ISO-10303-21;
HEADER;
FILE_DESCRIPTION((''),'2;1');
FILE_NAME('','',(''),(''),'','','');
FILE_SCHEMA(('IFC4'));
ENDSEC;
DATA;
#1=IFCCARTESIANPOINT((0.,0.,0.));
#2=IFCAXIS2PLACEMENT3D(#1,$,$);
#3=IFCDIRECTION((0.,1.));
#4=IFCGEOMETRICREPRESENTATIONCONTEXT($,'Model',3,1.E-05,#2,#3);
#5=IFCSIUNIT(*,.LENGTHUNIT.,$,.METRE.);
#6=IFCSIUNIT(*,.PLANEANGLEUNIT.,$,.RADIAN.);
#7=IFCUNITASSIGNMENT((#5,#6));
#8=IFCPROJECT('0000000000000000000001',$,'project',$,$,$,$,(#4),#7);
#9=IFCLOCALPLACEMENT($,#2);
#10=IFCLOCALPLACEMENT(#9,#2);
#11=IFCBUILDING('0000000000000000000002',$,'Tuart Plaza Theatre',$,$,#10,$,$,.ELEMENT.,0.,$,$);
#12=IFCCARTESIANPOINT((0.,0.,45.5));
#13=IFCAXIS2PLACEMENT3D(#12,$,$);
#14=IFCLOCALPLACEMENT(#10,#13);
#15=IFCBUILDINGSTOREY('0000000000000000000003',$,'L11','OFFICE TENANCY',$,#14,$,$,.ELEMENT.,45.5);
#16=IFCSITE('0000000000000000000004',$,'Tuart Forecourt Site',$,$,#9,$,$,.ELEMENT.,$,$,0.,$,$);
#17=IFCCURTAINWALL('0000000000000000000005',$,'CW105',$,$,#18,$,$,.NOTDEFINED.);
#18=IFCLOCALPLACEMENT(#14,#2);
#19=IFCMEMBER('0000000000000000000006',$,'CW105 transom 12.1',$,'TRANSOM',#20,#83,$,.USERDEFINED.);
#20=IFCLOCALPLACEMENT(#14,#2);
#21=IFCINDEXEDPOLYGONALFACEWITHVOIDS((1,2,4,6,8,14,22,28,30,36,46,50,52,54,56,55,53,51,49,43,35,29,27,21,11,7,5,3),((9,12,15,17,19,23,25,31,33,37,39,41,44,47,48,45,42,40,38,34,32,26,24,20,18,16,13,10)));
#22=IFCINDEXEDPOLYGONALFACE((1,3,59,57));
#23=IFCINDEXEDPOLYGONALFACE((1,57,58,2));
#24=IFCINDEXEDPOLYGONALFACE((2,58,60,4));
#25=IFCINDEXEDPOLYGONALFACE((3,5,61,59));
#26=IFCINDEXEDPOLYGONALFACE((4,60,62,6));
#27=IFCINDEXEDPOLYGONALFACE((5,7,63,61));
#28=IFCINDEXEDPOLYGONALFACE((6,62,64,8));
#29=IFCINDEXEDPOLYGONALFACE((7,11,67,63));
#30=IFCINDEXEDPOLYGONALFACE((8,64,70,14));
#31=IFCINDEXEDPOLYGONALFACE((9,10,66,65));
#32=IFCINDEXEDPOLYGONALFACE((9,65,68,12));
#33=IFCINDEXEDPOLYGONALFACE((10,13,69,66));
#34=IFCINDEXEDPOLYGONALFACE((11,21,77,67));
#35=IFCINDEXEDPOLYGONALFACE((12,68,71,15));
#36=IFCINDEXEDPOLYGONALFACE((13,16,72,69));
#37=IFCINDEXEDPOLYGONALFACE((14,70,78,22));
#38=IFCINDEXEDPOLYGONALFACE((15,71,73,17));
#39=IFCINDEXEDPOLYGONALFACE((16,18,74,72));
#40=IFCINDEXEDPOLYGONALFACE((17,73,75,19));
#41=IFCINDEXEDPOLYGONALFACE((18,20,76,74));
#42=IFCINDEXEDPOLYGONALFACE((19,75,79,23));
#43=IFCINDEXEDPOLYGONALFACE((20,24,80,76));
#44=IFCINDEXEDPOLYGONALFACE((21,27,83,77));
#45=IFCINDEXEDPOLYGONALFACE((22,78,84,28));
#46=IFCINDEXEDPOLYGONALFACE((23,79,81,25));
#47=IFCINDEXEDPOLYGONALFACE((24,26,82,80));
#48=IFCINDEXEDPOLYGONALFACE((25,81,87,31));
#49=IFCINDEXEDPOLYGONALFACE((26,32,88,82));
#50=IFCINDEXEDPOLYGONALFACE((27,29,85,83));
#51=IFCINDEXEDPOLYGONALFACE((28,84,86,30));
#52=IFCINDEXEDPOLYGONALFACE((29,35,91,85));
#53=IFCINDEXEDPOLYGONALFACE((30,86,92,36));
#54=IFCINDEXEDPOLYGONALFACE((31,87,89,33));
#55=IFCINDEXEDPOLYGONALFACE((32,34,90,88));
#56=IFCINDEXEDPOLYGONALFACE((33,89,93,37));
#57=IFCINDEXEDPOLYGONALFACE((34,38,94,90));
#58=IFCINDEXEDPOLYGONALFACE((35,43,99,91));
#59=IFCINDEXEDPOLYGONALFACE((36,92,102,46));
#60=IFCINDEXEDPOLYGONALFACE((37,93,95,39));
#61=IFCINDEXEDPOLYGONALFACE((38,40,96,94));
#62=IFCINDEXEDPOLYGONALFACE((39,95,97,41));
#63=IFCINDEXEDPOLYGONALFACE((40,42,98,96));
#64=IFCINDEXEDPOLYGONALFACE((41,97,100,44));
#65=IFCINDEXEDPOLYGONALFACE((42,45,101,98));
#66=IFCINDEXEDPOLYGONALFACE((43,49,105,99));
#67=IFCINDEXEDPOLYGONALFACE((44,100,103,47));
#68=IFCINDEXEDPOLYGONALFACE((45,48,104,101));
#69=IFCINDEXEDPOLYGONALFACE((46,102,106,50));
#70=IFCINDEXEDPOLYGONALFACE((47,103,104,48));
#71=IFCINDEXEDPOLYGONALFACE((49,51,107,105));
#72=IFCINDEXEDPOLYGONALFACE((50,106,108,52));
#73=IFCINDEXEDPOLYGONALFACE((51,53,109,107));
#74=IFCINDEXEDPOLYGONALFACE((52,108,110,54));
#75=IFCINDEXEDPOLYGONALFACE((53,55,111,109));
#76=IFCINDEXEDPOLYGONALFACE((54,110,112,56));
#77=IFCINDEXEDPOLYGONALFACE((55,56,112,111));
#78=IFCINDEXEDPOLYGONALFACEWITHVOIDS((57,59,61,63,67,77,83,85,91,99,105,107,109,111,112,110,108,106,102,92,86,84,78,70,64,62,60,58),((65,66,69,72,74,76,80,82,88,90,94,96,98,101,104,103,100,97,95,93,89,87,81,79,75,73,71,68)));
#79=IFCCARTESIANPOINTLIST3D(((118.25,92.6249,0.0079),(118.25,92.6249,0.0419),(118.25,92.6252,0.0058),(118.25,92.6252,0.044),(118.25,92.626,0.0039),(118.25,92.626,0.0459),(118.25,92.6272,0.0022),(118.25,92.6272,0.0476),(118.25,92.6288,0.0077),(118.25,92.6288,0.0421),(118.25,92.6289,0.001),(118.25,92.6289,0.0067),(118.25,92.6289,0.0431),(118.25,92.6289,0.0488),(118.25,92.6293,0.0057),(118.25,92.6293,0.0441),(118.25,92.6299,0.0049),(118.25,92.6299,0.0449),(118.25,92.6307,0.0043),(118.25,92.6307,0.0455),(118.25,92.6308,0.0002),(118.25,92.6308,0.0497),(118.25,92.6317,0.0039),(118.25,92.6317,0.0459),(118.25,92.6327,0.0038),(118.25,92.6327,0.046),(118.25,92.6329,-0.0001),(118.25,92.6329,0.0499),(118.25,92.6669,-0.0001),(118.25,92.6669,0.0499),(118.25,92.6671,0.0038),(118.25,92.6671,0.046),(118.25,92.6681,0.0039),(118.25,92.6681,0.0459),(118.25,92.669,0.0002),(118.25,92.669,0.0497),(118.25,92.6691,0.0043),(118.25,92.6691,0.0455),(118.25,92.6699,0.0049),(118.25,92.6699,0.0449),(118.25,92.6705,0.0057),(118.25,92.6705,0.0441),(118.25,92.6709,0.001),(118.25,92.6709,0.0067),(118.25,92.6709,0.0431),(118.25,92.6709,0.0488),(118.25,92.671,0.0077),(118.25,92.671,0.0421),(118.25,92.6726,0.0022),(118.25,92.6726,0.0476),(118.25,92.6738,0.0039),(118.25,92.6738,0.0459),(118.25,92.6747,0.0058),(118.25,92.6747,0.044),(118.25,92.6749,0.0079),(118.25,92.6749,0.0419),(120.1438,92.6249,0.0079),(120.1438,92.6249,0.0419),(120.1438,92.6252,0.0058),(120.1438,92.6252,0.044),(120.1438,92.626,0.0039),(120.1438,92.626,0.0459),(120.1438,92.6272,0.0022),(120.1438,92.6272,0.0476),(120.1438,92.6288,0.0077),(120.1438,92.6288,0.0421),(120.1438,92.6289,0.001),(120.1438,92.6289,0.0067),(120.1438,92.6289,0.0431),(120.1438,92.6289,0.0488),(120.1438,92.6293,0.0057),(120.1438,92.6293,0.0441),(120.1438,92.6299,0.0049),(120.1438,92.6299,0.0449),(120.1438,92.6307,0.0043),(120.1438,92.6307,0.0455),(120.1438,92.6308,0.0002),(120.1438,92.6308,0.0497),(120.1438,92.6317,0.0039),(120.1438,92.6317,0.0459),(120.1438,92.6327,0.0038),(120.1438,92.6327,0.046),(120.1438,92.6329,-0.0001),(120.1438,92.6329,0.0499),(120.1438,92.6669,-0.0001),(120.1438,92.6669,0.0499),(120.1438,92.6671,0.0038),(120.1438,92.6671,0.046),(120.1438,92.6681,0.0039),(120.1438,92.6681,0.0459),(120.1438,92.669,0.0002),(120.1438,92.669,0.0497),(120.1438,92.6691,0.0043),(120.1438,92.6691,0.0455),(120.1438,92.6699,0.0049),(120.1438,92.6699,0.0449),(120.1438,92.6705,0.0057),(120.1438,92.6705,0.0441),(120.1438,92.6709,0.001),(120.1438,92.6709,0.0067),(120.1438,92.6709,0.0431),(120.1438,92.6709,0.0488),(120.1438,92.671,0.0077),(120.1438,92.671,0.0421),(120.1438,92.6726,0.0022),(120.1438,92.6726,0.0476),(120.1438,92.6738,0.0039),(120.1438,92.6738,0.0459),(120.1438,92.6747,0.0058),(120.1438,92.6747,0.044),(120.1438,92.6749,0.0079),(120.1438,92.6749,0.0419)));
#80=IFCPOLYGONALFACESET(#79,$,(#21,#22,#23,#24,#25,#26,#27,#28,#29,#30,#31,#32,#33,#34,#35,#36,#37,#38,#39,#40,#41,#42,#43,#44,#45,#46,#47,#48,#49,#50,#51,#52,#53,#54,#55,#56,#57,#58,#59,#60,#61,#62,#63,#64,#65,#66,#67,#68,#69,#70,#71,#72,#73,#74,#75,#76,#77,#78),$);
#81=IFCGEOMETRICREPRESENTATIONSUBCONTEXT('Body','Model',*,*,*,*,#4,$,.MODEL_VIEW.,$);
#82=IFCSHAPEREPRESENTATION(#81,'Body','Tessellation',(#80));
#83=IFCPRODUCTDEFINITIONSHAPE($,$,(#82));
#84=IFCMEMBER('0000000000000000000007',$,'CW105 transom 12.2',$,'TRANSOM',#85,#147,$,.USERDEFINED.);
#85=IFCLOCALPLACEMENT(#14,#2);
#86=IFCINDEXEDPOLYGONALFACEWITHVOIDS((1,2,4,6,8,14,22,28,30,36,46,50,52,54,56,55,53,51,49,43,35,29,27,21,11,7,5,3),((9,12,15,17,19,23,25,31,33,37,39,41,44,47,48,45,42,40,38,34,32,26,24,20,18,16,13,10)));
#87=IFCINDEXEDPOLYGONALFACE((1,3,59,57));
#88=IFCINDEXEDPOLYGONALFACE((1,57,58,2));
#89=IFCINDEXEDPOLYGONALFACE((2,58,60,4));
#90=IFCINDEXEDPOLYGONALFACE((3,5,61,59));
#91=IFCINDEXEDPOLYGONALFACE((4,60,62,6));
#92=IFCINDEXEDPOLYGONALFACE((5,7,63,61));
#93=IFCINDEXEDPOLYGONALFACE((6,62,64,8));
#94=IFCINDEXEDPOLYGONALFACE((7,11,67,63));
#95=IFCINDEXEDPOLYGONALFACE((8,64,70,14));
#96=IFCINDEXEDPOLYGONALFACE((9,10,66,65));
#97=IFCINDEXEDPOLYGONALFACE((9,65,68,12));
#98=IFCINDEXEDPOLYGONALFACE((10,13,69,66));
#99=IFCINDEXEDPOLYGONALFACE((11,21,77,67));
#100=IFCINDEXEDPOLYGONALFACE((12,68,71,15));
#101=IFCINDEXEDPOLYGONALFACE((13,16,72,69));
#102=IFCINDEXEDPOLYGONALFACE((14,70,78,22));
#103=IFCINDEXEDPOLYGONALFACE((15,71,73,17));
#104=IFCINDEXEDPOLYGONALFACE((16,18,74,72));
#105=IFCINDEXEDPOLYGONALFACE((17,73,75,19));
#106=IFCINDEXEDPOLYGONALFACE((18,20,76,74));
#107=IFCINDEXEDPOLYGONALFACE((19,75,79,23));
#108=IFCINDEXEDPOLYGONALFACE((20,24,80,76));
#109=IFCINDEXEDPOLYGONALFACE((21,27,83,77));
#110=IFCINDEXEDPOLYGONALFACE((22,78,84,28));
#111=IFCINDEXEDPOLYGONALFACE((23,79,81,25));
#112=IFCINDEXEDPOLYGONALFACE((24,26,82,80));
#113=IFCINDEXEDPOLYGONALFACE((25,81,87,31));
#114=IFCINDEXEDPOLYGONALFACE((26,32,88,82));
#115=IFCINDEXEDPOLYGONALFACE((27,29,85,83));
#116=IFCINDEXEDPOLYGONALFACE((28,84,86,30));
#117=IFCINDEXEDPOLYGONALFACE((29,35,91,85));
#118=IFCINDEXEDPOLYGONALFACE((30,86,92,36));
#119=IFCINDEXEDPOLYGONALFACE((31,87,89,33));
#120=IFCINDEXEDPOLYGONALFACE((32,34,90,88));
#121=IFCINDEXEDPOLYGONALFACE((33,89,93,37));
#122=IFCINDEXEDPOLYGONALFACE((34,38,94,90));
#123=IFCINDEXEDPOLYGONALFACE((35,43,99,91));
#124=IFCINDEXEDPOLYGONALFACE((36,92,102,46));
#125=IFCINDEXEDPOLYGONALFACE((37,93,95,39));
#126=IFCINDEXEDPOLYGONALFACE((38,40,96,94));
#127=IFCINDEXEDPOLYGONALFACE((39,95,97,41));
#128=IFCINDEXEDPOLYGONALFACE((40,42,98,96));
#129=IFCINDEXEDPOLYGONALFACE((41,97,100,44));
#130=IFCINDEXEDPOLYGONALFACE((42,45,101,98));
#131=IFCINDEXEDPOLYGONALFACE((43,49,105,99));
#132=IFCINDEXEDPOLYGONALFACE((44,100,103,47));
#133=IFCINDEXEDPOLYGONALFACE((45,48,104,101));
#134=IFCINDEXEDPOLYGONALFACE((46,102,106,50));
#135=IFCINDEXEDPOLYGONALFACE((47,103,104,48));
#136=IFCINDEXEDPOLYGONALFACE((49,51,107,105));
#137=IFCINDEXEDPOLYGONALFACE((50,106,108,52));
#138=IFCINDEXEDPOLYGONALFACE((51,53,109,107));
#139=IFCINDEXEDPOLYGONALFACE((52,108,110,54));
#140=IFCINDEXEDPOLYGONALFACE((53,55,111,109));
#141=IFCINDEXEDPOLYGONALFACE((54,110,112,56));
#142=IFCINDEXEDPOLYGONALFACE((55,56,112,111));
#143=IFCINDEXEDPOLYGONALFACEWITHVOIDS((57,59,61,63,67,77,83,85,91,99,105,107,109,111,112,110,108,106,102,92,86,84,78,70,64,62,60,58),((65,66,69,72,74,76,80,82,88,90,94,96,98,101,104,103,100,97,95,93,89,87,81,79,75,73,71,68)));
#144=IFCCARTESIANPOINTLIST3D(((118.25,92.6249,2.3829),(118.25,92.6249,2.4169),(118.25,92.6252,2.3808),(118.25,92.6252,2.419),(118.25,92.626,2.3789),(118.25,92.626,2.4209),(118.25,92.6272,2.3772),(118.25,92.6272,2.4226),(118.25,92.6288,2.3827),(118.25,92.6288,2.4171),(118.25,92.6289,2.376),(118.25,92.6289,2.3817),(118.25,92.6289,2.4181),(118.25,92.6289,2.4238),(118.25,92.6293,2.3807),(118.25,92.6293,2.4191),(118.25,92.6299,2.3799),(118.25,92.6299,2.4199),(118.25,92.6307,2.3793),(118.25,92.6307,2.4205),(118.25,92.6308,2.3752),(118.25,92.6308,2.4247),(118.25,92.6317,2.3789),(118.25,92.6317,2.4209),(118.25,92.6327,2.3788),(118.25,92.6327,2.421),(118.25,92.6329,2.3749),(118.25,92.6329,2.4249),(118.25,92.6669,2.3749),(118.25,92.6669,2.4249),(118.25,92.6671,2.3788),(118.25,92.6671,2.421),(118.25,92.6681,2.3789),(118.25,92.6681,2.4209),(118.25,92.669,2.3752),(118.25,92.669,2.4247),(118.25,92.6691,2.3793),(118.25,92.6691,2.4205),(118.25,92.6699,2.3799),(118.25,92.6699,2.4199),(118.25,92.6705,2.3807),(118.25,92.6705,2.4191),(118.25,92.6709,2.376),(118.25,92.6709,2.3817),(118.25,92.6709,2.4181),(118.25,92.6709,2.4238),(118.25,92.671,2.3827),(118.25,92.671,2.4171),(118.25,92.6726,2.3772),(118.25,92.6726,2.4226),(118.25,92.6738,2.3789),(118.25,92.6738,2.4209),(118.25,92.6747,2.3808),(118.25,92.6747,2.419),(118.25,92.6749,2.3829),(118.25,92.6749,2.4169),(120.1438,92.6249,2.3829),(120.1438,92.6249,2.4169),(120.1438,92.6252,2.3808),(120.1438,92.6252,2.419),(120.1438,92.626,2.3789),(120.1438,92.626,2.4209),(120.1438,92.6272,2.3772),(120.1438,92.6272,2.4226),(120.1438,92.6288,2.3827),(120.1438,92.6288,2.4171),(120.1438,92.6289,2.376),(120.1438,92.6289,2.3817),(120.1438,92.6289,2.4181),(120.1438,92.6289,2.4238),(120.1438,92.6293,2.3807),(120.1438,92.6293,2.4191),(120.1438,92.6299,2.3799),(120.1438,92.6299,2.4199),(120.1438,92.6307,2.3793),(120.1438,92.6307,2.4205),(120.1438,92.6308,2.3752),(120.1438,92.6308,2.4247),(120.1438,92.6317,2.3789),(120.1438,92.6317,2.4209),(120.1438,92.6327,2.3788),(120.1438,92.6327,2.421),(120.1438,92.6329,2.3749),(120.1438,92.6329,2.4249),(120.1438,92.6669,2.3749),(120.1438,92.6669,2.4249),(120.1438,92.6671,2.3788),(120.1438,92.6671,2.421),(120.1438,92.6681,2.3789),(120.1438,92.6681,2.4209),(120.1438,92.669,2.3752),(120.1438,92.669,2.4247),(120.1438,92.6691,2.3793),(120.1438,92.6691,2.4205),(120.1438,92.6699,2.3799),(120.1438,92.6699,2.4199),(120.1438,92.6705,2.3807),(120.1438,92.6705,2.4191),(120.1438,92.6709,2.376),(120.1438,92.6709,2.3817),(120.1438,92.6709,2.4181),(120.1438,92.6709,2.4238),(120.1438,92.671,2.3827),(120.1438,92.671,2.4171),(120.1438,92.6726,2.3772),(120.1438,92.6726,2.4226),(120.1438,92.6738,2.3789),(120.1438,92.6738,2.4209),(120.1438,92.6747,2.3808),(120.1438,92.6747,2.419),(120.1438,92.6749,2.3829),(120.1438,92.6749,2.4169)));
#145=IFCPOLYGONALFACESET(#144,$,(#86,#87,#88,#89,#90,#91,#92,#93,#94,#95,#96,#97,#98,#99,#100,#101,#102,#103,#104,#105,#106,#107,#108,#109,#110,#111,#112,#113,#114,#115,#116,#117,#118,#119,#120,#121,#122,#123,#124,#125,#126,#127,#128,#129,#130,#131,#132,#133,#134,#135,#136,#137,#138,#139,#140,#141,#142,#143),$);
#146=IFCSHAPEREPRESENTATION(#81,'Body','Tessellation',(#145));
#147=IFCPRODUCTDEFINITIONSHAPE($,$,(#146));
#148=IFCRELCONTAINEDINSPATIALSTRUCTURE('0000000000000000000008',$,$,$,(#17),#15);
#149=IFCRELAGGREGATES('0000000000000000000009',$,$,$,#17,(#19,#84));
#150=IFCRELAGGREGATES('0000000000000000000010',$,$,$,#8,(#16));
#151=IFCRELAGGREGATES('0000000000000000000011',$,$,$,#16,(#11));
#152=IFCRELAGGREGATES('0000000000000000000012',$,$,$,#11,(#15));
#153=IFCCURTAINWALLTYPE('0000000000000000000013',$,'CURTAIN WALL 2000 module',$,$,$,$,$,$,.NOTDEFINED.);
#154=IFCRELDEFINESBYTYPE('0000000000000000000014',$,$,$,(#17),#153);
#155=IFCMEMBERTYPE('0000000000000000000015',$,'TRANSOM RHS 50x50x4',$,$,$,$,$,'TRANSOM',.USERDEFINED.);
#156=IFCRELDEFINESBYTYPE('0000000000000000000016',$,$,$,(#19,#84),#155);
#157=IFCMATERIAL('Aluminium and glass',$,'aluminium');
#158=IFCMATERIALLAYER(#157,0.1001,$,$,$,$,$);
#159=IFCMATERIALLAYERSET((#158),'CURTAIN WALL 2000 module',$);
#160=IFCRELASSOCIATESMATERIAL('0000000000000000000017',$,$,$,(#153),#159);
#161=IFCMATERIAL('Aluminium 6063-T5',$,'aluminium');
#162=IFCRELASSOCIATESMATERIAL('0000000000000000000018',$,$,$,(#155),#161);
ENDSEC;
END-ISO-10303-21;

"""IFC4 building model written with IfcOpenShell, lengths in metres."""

from ifc_helpers import new_model, si_unit, direction, frame, origin, origin_2d, place, context, subcontext, project, spatial, hollow_rectangle, extrude, material, layer, layer_set, material_profile, profile_set, type_object, element, aggregate, save


model = new_model("IFC4")

# Units and contexts
model_context = context("Model", 3, precision=1e-05, world=origin(), true_north=direction((0.0, 1.0)))
body_context = subcontext(model_context, "Body", "Model", "MODEL_VIEW")
ifc_project = project(units=[si_unit("LENGTHUNIT", "METRE"), si_unit("PLANEANGLEUNIT", "RADIAN")], contexts=[model_context])

# Site, building, storey
site_placement = place(None, origin())
site = spatial("IfcSite", under=ifc_project, at=site_placement, Name="Tuart Forecourt Site", CompositionType="ELEMENT", RefElevation=0.0)
building_placement = place(site_placement, origin())
building = spatial("IfcBuilding", under=site, at=building_placement, Name="Tuart Plaza Theatre", CompositionType="ELEMENT", ElevationOfRefHeight=0.0)
storey_placement = place(building_placement, frame((0.0, 0.0, 45.5)))
storey = spatial("IfcBuildingStorey", under=building, at=storey_placement, Name="L11", Description="OFFICE TENANCY", CompositionType="ELEMENT", Elevation=45.5)

# Curtain wall, members
ifc_material_1 = material(Name="Aluminium and glass", Category="aluminium")
ifc_layer_1 = layer(ifc_material_1, 0.1001)
ifc_layer_set_1 = layer_set([ifc_layer_1], Name="CURTAIN WALL 2000 module")
curtain_wall_type = type_object("IfcCurtainWallType", Name="CURTAIN WALL 2000 module", PredefinedType="NOTDEFINED", material=ifc_layer_set_1)
curtain_wall_placement = place(storey_placement, origin())
curtain_wall = element("IfcCurtainWall", 1, at=curtain_wall_placement, inside=storey, type_object=curtain_wall_type, Name="CW105", PredefinedType="NOTDEFINED")
ifc_material_2 = material(Name="Aluminium 6063-T5", Category="aluminium")
ifc_material_profile_1 = material_profile(ifc_material_2, hollow_rectangle(XDim=0.05, YDim=0.05, WallThickness=0.0039, InnerFilletRadius=0.0039, OuterFilletRadius=0.0081, at=origin_2d()), Name="RHS 50x50x4")
ifc_profile_set_1 = profile_set([ifc_material_profile_1], Name="Aluminium 6063-T5")
member_type_1 = type_object("IfcMemberType", Name="TRANSOM RHS 50x50x4", ElementType="TRANSOM", PredefinedType="USERDEFINED", material=ifc_profile_set_1)
member_1_placement = place(storey_placement, frame((120.1438, 92.6499, 0.0249), z_axis=(-1.0, 0.0, 0.0), x_axis=(0.0, -1.0, 0.0)))
member_1 = element("IfcMember", 2, at=member_1_placement, type_object=member_type_1, Name="CW105 transom 12.1", ObjectType="TRANSOM", PredefinedType="USERDEFINED", context=body_context, shape_type="SweptSolid", body=[
    extrude(hollow_rectangle(XDim=0.05, YDim=0.05, WallThickness=0.0039, InnerFilletRadius=0.0039, OuterFilletRadius=0.0081, at=origin_2d()), origin(), (0.0, 0.0, 1.0), 1.8938),
])
member_2_placement = place(storey_placement, frame((120.1438, 92.6499, 2.3999), z_axis=(-1.0, 0.0, 0.0), x_axis=(0.0, -1.0, 0.0)))
member_2 = element("IfcMember", 3, at=member_2_placement, type_object=member_type_1, Name="CW105 transom 12.2", ObjectType="TRANSOM", PredefinedType="USERDEFINED", context=body_context, shape_type="SweptSolid", body=[
    extrude(hollow_rectangle(XDim=0.05, YDim=0.05, WallThickness=0.0039, InnerFilletRadius=0.0039, OuterFilletRadius=0.0081, at=origin_2d()), origin(), (0.0, 0.0, 1.0), 1.8938),
])
aggregate(curtain_wall, [member_1, member_2])

save(model, "model.ifc")
